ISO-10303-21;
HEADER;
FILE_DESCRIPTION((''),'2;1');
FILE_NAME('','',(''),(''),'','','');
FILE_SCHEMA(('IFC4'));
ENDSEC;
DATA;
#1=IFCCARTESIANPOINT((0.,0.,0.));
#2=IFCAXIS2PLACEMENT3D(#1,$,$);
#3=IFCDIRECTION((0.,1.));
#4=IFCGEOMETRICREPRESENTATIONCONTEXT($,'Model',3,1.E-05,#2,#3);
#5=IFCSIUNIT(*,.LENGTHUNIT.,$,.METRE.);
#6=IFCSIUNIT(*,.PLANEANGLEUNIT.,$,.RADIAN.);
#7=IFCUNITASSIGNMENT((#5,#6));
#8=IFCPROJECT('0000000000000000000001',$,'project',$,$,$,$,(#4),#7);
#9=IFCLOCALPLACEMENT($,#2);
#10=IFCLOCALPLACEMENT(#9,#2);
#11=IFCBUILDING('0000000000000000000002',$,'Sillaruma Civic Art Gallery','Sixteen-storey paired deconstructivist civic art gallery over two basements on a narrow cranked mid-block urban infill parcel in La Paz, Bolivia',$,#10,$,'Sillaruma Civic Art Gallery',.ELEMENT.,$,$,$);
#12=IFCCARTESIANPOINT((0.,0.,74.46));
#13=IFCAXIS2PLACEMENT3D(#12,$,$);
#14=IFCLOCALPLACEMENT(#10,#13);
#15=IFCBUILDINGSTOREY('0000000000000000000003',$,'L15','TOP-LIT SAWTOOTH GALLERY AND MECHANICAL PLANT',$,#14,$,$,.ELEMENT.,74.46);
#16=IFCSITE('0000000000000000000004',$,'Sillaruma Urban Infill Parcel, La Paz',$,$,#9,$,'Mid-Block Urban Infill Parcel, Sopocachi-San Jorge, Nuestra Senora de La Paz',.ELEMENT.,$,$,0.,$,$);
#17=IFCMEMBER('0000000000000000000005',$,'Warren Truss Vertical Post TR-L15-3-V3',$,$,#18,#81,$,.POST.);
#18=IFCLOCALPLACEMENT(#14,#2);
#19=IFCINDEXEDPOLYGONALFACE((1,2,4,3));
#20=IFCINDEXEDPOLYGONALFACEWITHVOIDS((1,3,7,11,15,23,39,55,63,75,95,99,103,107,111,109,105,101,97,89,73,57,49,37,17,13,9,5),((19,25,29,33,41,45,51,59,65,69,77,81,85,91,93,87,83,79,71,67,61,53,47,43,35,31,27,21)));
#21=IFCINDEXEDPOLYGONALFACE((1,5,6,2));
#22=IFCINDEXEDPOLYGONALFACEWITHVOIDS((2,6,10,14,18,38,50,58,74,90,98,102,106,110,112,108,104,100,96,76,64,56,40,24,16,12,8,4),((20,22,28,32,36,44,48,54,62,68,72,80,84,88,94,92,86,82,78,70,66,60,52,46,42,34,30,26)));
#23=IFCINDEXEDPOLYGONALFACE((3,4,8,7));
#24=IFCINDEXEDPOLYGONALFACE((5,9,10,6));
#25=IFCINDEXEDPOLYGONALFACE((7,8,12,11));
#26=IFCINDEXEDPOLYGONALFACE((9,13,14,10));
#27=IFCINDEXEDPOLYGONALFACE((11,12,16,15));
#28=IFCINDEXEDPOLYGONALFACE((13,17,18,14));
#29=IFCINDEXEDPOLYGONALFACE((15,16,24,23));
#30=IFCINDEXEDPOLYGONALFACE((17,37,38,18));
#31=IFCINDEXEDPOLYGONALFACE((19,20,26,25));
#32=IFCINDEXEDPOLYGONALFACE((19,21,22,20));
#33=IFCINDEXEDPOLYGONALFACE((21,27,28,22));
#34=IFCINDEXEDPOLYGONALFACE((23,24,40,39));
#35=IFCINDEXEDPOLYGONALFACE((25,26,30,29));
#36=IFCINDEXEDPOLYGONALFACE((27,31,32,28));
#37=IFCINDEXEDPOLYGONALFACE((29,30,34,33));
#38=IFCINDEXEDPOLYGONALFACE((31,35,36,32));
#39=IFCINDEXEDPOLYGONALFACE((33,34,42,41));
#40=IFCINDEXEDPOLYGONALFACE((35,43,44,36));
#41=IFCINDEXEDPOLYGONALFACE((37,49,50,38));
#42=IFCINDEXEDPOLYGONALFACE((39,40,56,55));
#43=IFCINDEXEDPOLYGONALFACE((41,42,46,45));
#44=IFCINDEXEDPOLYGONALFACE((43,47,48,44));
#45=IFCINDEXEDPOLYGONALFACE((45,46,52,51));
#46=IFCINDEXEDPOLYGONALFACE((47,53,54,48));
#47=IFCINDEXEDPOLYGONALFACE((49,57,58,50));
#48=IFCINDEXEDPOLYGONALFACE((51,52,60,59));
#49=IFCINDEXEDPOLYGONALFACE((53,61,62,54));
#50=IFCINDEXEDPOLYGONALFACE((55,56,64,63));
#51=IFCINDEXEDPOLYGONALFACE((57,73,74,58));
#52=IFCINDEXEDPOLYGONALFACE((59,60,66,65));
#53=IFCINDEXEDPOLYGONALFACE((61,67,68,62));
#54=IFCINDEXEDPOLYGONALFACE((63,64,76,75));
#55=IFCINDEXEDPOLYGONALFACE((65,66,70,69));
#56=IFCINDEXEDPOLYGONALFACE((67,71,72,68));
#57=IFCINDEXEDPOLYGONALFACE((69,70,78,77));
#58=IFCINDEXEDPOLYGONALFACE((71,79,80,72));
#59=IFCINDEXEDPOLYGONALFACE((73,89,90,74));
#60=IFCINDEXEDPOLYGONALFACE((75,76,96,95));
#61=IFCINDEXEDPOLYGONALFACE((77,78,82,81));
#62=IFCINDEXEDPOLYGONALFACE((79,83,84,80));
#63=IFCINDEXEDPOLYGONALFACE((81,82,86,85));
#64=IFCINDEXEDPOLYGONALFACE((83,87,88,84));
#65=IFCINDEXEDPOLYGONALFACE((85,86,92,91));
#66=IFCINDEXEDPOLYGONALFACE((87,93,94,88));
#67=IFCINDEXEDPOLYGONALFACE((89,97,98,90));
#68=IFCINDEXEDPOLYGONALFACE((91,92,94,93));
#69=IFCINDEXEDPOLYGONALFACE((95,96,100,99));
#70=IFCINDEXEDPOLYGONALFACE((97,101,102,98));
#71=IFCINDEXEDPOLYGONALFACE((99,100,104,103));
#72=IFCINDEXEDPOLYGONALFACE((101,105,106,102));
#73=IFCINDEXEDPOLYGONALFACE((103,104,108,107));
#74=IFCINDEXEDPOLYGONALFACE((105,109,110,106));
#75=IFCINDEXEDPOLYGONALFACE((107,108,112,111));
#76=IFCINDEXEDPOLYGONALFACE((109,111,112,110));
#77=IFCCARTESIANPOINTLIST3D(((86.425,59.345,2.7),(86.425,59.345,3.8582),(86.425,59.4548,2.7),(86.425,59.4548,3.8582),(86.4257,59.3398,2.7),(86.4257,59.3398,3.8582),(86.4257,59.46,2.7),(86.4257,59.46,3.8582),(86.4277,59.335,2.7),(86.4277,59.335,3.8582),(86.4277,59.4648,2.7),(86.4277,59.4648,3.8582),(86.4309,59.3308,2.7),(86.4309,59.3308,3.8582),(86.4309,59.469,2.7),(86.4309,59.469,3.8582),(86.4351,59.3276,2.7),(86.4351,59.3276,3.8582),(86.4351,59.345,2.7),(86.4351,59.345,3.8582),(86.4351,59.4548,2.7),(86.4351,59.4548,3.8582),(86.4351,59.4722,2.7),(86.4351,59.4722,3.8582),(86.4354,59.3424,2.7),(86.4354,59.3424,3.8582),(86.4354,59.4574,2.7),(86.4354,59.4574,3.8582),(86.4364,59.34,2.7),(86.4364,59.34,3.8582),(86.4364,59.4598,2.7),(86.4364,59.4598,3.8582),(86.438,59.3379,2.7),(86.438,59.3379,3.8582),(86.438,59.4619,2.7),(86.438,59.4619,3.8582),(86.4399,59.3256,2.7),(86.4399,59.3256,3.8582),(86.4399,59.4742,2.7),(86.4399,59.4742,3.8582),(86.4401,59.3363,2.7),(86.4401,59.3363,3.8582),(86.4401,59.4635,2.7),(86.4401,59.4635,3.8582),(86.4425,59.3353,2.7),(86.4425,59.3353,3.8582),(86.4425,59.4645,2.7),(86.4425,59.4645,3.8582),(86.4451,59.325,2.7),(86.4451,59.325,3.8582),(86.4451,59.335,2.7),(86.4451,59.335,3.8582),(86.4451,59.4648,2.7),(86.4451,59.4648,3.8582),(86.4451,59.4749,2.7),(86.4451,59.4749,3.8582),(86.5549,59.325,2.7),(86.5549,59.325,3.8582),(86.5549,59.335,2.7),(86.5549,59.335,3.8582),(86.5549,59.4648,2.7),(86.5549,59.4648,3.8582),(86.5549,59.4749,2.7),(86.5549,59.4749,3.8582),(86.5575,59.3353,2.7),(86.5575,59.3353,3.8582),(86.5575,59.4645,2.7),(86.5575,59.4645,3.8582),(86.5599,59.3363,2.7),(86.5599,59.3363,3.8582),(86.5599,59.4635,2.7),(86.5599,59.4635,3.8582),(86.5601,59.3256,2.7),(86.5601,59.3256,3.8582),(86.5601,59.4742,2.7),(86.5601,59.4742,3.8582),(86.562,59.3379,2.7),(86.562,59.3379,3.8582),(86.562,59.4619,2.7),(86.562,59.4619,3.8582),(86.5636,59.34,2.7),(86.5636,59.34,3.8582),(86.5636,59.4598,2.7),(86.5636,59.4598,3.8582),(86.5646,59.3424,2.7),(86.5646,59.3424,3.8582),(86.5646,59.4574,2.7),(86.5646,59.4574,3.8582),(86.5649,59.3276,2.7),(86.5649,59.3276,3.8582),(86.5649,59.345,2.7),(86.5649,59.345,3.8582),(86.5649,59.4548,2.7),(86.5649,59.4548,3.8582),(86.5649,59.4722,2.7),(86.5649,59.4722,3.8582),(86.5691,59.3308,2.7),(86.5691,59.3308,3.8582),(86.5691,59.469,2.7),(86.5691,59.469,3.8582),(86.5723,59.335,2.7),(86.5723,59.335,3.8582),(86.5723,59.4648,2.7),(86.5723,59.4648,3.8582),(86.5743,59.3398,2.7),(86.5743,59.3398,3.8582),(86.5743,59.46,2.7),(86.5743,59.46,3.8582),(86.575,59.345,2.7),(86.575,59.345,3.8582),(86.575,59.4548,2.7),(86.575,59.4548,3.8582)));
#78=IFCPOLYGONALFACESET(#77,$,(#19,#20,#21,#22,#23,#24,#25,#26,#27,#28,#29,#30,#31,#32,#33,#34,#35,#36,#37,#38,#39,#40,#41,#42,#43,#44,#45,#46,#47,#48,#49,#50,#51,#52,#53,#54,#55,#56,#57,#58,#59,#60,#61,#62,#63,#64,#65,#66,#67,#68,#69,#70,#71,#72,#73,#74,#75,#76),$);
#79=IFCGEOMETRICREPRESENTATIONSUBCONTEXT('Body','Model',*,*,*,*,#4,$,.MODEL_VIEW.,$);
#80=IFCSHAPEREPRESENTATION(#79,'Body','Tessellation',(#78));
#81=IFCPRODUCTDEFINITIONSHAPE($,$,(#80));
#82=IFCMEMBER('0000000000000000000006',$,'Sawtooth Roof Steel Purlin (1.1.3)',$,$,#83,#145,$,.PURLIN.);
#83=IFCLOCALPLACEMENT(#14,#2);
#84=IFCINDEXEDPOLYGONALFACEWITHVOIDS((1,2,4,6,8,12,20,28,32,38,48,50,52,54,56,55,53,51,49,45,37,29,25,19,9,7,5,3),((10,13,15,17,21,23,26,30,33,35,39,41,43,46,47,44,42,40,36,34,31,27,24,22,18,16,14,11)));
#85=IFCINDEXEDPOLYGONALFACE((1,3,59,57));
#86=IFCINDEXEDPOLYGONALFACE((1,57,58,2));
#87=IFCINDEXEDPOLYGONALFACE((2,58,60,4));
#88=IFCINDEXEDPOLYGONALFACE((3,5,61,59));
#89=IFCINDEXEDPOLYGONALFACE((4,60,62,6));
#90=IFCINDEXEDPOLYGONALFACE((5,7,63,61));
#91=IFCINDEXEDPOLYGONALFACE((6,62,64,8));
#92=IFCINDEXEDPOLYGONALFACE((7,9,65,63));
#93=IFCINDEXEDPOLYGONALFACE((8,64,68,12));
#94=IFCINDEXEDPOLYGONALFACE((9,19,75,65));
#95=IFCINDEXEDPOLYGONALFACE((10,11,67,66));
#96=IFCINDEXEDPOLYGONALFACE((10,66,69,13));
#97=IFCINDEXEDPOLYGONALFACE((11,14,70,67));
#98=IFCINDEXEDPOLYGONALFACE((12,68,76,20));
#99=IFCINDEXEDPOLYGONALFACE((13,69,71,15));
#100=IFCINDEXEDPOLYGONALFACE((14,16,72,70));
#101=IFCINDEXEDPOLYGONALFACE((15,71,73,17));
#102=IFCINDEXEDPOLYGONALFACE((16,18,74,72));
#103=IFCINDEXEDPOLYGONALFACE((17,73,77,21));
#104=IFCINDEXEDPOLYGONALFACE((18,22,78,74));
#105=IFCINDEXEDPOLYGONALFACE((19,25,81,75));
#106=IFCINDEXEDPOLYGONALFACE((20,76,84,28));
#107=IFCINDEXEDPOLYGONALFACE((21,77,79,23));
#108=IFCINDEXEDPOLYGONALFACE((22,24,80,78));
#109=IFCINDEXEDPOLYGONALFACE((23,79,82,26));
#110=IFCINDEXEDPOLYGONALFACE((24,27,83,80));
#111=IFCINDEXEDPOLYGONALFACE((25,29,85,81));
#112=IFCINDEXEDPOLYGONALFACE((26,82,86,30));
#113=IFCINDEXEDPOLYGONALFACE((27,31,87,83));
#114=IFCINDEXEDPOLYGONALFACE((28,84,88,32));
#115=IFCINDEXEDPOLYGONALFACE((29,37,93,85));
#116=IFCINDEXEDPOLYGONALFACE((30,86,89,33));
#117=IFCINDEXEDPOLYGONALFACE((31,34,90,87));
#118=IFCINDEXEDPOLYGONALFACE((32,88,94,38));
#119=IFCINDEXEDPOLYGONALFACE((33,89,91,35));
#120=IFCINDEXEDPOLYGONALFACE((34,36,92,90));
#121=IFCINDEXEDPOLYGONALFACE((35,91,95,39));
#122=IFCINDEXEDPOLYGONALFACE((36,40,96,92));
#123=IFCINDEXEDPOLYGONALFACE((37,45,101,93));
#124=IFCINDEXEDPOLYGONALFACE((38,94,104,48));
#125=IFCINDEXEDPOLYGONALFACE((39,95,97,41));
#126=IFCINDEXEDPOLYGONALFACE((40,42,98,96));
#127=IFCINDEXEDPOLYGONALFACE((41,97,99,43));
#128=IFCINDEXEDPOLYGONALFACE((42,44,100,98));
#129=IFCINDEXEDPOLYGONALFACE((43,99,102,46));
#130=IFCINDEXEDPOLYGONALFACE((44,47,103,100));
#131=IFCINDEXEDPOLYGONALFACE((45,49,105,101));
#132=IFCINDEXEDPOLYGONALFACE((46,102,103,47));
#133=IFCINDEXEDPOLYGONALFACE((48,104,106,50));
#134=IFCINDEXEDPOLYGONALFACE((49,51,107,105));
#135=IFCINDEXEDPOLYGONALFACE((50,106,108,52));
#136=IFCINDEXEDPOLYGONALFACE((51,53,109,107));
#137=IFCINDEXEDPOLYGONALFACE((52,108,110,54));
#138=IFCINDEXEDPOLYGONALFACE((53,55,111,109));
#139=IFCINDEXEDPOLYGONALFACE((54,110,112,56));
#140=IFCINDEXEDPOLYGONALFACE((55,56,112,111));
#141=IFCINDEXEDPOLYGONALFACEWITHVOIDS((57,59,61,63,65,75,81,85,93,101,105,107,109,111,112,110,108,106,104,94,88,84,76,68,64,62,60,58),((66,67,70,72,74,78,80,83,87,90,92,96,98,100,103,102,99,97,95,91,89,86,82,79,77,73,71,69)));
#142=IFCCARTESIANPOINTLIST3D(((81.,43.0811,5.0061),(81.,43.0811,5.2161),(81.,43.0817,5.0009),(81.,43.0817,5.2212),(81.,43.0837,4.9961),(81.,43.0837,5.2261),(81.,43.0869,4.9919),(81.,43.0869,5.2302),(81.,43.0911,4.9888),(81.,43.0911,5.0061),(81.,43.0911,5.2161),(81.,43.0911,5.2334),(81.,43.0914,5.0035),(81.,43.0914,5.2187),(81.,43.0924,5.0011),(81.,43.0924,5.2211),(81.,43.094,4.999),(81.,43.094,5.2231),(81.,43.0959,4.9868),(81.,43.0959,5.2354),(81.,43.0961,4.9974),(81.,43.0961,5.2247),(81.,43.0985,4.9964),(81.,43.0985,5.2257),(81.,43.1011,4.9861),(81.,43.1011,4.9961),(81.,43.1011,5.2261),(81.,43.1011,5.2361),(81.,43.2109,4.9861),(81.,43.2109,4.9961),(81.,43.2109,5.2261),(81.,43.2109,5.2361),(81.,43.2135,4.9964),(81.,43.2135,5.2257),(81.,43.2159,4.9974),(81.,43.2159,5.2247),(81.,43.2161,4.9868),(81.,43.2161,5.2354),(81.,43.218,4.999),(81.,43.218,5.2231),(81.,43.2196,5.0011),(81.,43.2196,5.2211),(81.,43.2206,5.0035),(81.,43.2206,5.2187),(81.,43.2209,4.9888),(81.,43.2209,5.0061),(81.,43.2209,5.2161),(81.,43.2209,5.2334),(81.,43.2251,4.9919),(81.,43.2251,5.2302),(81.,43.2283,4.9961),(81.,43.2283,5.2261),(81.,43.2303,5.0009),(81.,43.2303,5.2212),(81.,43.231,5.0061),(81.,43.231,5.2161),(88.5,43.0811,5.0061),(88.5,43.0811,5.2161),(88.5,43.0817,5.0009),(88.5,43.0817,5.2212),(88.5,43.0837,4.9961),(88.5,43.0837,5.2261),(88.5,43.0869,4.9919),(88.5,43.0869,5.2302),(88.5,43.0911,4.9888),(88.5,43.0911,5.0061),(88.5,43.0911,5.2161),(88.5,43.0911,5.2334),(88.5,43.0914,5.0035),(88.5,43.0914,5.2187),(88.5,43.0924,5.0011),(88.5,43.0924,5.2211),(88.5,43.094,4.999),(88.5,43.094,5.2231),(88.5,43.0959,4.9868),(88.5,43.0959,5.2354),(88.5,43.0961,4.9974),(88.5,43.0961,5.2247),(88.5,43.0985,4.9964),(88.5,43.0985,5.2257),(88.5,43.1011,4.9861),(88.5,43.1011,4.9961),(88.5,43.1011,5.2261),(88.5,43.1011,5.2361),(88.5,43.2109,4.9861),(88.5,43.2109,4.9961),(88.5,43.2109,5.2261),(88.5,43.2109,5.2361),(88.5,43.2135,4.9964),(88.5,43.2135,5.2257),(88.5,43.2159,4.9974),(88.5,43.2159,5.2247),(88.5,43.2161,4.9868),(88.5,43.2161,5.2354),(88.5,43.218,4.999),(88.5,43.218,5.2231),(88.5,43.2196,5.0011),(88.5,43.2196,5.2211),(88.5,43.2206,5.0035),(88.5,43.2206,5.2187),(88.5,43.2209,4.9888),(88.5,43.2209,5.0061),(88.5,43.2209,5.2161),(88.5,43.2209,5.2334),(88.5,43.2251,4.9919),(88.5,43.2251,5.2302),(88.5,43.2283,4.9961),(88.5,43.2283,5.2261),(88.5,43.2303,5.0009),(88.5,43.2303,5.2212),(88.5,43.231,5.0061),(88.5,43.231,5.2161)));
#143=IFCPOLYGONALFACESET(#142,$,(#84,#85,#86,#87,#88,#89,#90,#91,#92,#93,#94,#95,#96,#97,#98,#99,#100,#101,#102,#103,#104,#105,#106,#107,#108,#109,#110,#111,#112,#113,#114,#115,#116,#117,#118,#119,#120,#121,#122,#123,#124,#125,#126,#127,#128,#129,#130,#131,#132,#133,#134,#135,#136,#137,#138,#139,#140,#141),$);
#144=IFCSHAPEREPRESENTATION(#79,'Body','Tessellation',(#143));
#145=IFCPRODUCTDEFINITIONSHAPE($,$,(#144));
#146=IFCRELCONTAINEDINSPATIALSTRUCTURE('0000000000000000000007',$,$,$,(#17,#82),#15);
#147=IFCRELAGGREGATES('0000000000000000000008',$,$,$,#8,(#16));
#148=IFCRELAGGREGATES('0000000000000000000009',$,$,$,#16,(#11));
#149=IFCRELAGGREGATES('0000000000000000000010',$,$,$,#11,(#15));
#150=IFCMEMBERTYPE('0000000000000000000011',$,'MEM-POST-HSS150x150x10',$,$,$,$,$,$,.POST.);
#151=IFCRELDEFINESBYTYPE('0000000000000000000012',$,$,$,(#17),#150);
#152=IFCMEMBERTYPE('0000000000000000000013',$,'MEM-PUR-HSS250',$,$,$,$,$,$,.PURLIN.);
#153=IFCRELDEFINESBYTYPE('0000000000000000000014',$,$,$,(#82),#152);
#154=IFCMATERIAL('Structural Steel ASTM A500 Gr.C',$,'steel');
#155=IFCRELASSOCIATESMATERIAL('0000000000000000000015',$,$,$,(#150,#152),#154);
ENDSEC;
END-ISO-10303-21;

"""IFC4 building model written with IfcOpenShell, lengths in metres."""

from ifc_helpers import new_model, si_unit, direction, frame, origin, origin_2d, place, context, subcontext, project, spatial, hollow_rectangle, extrude, material, material_profile, profile_set, type_object, element, save


model = new_model("IFC4")

# Units and contexts
model_context = context("Model", 3, precision=1e-05, world=origin(), true_north=direction((0.0, 1.0)))
body_context = subcontext(model_context, "Body", "Model", "MODEL_VIEW")
ifc_project = project(units=[si_unit("LENGTHUNIT", "METRE"), si_unit("PLANEANGLEUNIT", "RADIAN")], contexts=[model_context])

# Site, building, storey
site_placement = place(None, origin())
site = spatial("IfcSite", under=ifc_project, at=site_placement, Name="Sillaruma Urban Infill Parcel, La Paz", LongName="Mid-Block Urban Infill Parcel, Sopocachi-San Jorge, Nuestra Senora de La Paz", CompositionType="ELEMENT", RefElevation=0.0)
building_placement = place(site_placement, origin())
building = spatial("IfcBuilding", under=site, at=building_placement, Name="Sillaruma Civic Art Gallery", Description="Sixteen-storey paired deconstructivist civic art gallery over two basements on a narrow cranked mid-block urban infill parcel in La Paz, Bolivia", LongName="Sillaruma Civic Art Gallery", CompositionType="ELEMENT")
storey_placement = place(building_placement, frame((0.0, 0.0, 74.46)))
storey = spatial("IfcBuildingStorey", under=building, at=storey_placement, Name="L15", Description="TOP-LIT SAWTOOTH GALLERY AND MECHANICAL PLANT", CompositionType="ELEMENT", Elevation=74.46)

# Members
ifc_material_1 = material(Name="Structural Steel ASTM A500 Gr.C", Category="steel")
ifc_material_profile_1 = material_profile(ifc_material_1, hollow_rectangle(XDim=0.1499, YDim=0.1499, WallThickness=0.01, InnerFilletRadius=0.01, OuterFilletRadius=0.02, at=origin_2d()), Name="HSS150x150x10")
ifc_profile_set_1 = profile_set([ifc_material_profile_1], Name="Structural Steel ASTM A500 Gr.C")
member_type_1 = type_object("IfcMemberType", Name="MEM-POST-HSS150x150x10", PredefinedType="POST", material=ifc_profile_set_1)
for number, where, z_axis, x_axis, name in (
    (1, (86.5, 59.3999, 2.7), (0.0, 0.0, 1.0), (1.0, 0.0, 0.0), "Warren Truss Vertical Post TR-L15-3-V3"),
):
    element("IfcMember", number, at=place(storey_placement, frame(where, z_axis=z_axis, x_axis=x_axis)), inside=storey, type_object=member_type_1, Name=name, PredefinedType="POST", context=body_context, shape_type="SweptSolid", body=[
        extrude(hollow_rectangle(XDim=0.1499, YDim=0.1499, WallThickness=0.01, InnerFilletRadius=0.01, OuterFilletRadius=0.02, at=origin_2d()), origin(), (0.0, 0.0, 1.0), 1.1582),
    ])
ifc_material_profile_2 = material_profile(ifc_material_1, hollow_rectangle(XDim=0.1499, YDim=0.25, WallThickness=0.01, InnerFilletRadius=0.01, OuterFilletRadius=0.02, at=origin_2d()), Name="HSS250x150x10")
ifc_profile_set_2 = profile_set([ifc_material_profile_2], Name="Structural Steel ASTM A500 Gr.C")
member_type_2 = type_object("IfcMemberType", Name="MEM-PUR-HSS250", PredefinedType="PURLIN", material=ifc_profile_set_2)
for number, where, z_axis, x_axis, name in (
    (2, (81.0, 43.156, 5.1111), (1.0, 0.0, 0.0), (0.0, 1.0, 0.0), "Sawtooth Roof Steel Purlin (1.1.3)"),
):
    element("IfcMember", number, at=place(storey_placement, frame(where, z_axis=z_axis, x_axis=x_axis)), inside=storey, type_object=member_type_2, Name=name, PredefinedType="PURLIN", context=body_context, shape_type="SweptSolid", body=[
        extrude(hollow_rectangle(XDim=0.1499, YDim=0.25, WallThickness=0.01, InnerFilletRadius=0.01, OuterFilletRadius=0.02, at=origin_2d()), origin(), (0.0, 0.0, 1.0), 7.5),
    ])

save(model, "model.ifc")
